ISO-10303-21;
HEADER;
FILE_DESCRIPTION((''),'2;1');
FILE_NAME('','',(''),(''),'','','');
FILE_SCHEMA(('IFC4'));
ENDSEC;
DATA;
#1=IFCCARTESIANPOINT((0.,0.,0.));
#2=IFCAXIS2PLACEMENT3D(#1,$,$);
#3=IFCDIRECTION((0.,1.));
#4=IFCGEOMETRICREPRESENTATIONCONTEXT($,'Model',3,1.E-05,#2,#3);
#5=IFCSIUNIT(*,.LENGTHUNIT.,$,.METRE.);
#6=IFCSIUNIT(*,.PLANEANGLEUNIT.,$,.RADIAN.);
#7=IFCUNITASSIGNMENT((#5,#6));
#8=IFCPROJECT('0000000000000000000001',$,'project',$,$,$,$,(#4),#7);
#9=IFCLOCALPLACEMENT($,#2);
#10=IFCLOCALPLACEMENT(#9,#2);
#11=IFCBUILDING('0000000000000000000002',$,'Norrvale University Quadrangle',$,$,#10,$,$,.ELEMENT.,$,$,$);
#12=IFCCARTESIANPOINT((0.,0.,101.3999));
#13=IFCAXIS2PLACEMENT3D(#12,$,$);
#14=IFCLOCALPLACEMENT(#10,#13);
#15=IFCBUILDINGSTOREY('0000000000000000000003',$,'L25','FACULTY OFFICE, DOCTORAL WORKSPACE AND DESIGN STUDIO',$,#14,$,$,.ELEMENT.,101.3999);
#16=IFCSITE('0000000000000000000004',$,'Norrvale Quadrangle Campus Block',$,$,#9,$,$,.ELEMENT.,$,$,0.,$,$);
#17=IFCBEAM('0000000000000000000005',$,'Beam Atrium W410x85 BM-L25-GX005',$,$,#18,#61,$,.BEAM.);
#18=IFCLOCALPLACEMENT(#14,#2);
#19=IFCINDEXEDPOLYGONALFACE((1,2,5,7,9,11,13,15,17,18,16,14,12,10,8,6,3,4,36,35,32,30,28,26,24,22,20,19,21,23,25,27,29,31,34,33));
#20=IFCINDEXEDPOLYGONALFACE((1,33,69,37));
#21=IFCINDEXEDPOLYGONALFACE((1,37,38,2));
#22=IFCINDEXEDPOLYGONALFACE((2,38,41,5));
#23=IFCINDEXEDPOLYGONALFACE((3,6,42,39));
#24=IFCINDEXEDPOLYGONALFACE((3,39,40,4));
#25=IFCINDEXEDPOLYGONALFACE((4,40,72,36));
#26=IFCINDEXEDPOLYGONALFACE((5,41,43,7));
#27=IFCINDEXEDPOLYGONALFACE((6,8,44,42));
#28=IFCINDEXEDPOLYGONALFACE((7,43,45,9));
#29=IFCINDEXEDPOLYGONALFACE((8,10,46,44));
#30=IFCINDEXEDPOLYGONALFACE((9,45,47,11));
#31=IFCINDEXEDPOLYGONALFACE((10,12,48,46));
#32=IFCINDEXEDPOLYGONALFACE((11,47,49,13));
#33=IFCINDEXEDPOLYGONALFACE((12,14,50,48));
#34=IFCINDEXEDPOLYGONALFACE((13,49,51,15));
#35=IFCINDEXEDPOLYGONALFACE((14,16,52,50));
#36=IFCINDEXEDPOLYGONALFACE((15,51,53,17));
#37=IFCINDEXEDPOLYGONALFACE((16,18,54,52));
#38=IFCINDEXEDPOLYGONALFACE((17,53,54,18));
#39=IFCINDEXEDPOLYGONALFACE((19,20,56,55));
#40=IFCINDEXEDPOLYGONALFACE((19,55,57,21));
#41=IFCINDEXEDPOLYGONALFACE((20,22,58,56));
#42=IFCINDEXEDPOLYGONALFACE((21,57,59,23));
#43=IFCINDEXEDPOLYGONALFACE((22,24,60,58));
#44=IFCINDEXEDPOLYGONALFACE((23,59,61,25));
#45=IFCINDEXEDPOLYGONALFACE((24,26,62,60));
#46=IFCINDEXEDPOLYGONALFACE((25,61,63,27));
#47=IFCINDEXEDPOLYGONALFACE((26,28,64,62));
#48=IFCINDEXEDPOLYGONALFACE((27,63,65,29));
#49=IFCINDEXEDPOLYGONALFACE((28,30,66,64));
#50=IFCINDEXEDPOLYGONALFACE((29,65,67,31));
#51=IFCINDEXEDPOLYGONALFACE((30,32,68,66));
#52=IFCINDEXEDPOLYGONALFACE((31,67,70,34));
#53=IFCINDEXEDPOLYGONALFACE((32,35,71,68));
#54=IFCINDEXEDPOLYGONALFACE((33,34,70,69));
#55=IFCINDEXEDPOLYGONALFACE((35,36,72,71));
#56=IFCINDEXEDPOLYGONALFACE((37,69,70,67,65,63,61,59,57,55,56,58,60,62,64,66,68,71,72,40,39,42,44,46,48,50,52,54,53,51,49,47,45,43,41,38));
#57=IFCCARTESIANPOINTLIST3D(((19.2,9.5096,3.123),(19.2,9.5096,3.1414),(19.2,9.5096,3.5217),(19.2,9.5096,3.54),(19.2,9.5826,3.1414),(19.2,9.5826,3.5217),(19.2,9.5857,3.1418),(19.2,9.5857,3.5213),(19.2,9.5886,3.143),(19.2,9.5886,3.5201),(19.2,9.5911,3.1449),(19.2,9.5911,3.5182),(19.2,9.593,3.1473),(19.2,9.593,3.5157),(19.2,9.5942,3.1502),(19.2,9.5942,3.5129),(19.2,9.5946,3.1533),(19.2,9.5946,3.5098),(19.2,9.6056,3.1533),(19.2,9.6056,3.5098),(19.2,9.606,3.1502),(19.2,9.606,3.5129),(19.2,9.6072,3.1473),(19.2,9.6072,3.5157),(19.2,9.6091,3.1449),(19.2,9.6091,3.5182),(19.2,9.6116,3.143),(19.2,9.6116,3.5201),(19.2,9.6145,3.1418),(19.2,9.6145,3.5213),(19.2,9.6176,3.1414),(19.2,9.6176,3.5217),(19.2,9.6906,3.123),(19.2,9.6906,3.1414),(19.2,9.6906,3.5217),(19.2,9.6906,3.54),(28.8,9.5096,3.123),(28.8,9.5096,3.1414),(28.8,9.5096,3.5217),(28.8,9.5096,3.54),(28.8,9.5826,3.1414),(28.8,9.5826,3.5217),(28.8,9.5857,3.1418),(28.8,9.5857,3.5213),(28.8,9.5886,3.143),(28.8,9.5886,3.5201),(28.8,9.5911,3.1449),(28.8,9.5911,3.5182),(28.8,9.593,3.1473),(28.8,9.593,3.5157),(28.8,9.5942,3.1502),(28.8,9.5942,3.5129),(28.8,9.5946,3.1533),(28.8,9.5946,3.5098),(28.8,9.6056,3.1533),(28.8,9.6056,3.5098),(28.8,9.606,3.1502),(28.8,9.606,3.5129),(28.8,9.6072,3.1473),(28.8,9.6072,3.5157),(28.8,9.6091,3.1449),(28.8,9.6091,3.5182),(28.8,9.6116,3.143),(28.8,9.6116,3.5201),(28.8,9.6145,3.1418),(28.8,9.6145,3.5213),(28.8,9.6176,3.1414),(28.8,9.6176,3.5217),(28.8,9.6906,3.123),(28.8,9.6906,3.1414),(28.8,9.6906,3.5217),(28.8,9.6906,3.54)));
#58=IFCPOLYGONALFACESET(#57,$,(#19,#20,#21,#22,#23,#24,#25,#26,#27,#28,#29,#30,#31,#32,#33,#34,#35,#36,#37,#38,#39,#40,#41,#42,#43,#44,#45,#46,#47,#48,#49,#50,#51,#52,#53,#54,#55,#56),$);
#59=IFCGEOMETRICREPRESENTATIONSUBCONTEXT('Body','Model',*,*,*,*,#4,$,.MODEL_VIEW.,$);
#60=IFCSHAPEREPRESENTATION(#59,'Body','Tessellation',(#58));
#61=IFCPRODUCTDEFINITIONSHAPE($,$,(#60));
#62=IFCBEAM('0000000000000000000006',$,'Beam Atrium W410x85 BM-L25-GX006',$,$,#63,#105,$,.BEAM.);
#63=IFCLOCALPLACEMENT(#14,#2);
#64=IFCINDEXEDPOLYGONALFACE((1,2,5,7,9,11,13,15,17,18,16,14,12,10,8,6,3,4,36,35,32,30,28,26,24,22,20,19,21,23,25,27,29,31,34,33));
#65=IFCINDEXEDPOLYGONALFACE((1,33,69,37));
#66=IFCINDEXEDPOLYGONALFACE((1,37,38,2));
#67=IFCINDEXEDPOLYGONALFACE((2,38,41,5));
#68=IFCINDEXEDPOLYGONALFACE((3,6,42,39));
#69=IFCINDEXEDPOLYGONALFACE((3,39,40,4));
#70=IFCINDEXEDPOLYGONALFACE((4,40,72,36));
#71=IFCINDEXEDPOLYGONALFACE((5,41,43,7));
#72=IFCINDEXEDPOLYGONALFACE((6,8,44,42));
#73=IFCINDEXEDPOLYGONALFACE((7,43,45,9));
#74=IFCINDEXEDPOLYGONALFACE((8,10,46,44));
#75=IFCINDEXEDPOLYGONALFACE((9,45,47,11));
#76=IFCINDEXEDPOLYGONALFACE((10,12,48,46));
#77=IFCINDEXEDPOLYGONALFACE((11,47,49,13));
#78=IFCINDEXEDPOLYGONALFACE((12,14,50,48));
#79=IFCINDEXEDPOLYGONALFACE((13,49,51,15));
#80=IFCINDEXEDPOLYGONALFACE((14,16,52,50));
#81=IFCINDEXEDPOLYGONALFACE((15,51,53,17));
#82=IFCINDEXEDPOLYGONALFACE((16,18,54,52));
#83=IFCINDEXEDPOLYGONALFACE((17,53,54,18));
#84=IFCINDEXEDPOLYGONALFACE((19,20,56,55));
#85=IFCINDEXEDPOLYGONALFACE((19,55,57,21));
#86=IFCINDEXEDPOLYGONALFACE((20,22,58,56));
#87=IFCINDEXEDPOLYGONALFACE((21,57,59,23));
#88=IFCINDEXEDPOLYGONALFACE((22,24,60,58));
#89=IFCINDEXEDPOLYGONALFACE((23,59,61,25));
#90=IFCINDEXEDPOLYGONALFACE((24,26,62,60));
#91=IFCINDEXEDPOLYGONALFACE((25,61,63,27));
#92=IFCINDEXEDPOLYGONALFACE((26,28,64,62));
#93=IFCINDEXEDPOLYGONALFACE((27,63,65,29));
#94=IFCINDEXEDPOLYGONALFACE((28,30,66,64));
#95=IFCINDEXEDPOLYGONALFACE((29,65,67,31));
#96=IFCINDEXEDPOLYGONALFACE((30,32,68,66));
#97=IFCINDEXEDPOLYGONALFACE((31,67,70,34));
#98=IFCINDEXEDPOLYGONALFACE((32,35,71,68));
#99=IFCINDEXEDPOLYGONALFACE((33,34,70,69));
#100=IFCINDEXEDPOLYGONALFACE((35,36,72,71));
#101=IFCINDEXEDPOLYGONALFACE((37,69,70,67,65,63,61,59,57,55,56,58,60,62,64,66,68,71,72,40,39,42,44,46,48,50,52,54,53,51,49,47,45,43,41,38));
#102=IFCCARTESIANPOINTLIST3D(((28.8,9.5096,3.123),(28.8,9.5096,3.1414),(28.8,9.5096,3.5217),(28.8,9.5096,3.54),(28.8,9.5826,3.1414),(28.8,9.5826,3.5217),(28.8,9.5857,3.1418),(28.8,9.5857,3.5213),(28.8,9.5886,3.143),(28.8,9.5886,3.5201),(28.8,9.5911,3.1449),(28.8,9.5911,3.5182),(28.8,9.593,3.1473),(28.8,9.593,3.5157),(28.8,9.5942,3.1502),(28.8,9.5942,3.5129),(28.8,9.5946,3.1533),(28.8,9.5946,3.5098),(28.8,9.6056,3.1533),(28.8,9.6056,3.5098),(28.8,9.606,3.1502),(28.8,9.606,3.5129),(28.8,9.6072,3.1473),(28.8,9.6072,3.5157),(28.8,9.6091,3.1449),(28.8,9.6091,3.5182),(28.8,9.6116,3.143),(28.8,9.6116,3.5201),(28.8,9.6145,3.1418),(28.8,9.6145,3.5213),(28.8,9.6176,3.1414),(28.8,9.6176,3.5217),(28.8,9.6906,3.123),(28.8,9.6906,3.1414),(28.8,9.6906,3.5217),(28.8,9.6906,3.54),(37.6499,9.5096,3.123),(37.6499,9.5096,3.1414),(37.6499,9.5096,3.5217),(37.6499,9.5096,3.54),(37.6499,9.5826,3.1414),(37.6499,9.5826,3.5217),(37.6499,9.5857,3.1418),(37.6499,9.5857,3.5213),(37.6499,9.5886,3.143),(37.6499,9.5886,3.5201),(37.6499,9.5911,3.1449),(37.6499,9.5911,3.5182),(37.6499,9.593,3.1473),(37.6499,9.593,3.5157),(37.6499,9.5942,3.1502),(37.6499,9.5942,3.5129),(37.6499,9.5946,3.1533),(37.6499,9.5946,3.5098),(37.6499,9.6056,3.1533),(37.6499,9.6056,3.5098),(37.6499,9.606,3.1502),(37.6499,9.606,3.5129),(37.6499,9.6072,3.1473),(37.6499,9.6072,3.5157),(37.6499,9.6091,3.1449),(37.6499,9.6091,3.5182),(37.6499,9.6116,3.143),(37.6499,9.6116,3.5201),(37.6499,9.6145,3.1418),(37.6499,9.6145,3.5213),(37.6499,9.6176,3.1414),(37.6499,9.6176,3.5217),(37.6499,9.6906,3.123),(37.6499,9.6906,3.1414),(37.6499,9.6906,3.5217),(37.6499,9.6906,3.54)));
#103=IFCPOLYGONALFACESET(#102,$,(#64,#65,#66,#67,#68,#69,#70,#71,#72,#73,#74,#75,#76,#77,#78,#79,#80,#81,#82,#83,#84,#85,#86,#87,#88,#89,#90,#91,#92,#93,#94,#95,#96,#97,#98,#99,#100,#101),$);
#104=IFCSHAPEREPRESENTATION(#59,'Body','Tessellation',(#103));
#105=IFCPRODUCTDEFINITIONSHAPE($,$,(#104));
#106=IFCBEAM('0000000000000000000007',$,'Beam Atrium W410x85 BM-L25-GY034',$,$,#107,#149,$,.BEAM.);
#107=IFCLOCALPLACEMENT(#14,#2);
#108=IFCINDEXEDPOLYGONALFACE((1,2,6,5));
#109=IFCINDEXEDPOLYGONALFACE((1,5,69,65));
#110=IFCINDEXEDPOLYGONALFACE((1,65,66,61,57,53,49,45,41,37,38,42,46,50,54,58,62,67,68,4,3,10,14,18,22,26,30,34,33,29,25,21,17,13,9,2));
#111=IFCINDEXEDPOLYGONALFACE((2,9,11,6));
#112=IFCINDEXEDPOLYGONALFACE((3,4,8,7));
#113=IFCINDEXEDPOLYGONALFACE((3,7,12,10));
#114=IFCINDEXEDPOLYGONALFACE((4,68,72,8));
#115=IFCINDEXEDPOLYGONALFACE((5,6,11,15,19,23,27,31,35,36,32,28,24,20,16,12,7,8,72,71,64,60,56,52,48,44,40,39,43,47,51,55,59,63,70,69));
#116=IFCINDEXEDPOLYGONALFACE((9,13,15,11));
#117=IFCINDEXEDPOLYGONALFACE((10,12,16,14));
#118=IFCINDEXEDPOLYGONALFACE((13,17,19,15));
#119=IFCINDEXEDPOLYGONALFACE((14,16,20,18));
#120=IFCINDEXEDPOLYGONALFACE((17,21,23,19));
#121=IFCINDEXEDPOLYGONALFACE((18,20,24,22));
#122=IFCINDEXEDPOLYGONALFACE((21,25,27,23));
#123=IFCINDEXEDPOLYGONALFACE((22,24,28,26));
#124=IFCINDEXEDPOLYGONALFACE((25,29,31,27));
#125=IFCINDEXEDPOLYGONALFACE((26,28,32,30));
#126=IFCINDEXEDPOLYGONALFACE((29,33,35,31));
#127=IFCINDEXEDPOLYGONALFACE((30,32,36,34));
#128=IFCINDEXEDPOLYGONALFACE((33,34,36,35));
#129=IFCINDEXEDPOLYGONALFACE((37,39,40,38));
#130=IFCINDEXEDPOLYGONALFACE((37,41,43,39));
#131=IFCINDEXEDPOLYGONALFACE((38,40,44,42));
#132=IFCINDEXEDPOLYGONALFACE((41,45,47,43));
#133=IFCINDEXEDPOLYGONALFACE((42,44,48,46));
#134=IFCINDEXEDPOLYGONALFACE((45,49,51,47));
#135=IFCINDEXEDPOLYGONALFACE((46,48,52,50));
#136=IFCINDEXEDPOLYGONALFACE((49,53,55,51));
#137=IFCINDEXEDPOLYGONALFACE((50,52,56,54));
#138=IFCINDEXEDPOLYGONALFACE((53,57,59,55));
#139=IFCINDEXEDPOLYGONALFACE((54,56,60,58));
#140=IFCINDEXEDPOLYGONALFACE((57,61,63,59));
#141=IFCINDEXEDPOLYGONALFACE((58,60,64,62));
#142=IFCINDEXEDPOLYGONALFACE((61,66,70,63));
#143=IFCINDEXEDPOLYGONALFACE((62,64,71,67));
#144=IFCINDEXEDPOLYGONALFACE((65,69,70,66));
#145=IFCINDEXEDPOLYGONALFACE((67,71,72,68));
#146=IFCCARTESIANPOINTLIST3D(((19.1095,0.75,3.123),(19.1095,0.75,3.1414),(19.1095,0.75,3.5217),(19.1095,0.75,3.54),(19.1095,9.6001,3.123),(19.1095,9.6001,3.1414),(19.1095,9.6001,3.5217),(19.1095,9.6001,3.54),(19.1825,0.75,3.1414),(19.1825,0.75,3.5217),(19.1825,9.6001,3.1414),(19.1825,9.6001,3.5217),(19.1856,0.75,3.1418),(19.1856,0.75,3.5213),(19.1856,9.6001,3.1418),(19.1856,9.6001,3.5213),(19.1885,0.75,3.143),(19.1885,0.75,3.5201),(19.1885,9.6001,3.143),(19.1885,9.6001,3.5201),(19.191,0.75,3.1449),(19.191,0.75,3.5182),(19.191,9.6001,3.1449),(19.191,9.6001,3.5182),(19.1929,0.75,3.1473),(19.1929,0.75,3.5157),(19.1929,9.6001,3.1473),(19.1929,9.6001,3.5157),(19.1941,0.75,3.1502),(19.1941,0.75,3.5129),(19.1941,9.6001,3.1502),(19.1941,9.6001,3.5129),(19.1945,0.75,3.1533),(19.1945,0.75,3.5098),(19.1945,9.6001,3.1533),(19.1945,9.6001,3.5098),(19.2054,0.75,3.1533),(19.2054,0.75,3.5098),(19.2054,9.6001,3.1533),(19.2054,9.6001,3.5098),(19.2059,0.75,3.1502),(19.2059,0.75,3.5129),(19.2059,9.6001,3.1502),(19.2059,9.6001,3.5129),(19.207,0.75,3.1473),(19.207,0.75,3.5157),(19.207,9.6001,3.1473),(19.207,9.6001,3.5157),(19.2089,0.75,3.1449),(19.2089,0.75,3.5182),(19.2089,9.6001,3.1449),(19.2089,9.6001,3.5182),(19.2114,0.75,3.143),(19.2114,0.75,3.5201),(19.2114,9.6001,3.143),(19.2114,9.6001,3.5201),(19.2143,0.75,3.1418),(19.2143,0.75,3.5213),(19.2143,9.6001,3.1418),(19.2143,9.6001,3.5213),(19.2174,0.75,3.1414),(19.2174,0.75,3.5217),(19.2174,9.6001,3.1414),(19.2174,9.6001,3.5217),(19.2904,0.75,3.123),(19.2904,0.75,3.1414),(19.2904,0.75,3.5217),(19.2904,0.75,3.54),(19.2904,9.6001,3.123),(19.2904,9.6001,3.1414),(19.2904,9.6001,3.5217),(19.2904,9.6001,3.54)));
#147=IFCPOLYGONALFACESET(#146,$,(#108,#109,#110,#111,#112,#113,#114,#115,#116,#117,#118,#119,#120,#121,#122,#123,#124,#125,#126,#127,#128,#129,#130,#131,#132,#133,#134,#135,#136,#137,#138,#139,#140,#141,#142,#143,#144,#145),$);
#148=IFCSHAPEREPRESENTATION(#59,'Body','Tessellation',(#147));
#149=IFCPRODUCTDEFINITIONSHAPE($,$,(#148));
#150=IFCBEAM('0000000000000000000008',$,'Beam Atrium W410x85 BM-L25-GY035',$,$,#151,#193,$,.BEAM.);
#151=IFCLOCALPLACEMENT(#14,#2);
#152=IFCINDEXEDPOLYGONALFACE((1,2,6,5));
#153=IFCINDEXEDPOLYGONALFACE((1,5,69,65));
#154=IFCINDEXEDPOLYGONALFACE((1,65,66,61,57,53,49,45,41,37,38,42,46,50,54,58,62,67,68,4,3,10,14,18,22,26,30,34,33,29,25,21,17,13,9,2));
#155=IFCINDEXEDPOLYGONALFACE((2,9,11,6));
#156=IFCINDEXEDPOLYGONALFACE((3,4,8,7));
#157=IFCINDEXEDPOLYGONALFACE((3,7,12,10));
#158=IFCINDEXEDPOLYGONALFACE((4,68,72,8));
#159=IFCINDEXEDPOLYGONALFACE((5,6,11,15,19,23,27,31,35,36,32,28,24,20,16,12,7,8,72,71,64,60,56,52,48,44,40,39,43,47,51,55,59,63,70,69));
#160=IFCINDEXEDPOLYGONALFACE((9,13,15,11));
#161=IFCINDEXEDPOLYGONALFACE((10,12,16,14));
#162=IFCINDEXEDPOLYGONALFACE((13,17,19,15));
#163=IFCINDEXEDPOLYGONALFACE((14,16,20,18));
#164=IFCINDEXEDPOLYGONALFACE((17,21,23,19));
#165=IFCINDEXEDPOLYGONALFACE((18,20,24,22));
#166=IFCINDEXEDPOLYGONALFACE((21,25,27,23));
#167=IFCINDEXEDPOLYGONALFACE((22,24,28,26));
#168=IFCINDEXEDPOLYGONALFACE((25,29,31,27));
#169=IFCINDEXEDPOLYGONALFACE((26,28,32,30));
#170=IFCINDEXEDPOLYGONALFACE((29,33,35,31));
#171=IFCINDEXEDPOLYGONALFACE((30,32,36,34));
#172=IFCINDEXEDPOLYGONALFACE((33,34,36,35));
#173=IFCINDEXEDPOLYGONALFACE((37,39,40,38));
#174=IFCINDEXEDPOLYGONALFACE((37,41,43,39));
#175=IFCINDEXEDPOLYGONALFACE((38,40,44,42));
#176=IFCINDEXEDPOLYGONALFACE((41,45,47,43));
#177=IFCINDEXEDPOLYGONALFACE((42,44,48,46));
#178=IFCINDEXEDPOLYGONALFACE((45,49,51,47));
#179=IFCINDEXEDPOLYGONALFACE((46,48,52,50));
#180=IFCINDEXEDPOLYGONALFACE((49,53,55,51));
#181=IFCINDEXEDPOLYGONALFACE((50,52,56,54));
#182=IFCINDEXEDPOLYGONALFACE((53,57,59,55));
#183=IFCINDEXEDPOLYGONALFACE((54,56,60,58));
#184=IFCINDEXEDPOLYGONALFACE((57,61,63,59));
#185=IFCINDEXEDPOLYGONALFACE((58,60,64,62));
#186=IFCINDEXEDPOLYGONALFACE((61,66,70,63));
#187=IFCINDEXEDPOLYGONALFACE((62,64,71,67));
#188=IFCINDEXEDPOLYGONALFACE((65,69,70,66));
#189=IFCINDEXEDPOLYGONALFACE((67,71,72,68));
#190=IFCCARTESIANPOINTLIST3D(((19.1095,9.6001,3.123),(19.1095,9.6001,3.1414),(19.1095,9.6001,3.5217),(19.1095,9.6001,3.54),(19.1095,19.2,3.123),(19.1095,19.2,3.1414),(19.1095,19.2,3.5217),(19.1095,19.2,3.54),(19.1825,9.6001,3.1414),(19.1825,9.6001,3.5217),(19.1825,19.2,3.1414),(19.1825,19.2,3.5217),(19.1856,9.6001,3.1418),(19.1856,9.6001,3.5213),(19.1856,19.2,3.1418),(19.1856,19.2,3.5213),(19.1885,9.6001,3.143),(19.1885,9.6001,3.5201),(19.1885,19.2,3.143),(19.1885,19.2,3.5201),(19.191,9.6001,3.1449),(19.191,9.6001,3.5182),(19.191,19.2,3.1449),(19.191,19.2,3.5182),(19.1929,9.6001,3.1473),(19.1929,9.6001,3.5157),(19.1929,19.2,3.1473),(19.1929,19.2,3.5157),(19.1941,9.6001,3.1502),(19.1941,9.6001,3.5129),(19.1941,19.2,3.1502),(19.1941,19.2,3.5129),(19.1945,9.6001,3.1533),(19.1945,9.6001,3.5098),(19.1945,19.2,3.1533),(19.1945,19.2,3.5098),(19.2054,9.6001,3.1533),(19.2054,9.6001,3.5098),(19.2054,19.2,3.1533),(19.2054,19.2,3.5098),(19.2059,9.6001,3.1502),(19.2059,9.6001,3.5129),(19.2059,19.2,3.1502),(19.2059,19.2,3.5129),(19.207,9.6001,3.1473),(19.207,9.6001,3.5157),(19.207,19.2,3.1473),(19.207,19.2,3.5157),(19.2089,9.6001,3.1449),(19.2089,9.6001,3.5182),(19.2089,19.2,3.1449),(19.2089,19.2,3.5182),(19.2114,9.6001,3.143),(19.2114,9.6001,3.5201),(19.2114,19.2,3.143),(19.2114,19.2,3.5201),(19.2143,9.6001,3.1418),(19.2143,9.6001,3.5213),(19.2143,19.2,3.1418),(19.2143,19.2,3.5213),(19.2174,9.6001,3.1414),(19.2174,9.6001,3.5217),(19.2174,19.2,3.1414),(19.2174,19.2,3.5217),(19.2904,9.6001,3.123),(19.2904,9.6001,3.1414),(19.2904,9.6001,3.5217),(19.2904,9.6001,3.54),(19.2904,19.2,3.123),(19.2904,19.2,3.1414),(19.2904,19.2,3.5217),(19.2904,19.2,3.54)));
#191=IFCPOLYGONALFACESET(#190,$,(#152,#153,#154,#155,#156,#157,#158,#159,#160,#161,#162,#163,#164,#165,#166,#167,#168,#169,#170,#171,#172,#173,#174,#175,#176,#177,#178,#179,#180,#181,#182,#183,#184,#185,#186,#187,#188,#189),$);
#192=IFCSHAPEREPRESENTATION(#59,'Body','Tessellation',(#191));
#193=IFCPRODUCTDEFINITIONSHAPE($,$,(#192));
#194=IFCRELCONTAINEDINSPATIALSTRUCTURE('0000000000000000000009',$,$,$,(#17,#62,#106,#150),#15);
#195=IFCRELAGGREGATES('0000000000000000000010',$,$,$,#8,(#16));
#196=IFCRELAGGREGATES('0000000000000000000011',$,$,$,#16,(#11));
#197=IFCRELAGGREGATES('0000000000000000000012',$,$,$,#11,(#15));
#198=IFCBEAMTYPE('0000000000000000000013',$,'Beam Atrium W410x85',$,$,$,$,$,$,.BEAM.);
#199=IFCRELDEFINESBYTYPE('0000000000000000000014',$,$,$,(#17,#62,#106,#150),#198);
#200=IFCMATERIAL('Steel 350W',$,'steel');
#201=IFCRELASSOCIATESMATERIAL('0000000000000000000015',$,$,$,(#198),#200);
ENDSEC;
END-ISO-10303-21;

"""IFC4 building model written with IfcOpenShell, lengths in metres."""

from ifc_helpers import new_model, si_unit, direction, frame, origin, origin_2d, place, context, subcontext, project, spatial, i_section, extrude, material, material_profile, profile_set, type_object, element, save


model = new_model("IFC4")

# Units and contexts
model_context = context("Model", 3, precision=1e-05, world=origin(), true_north=direction((0.0, 1.0)))
body_context = subcontext(model_context, "Body", "Model", "MODEL_VIEW")
ifc_project = project(units=[si_unit("LENGTHUNIT", "METRE"), si_unit("PLANEANGLEUNIT", "RADIAN")], contexts=[model_context])

# Site, building, storey
site_placement = place(None, origin())
site = spatial("IfcSite", under=ifc_project, at=site_placement, Name="Norrvale Quadrangle Campus Block", CompositionType="ELEMENT", RefElevation=0.0)
building_placement = place(site_placement, origin())
building = spatial("IfcBuilding", under=site, at=building_placement, Name="Norrvale University Quadrangle", CompositionType="ELEMENT")
storey_placement = place(building_placement, frame((0.0, 0.0, 101.3999)))
storey = spatial("IfcBuildingStorey", under=building, at=storey_placement, Name="L25", Description="FACULTY OFFICE, DOCTORAL WORKSPACE AND DESIGN STUDIO", CompositionType="ELEMENT", Elevation=101.3999)

# Beams
ifc_material_1 = material(Name="Steel 350W", Category="steel")
ifc_material_profile_1 = material_profile(ifc_material_1, i_section(OverallWidth=0.1809, OverallDepth=0.417, WebThickness=0.011, FlangeThickness=0.0183, FilletRadius=0.012, at=origin_2d()), Name="Steel 350W")
ifc_profile_set_1 = profile_set([ifc_material_profile_1], Name="Steel 350W")
beam_type_1 = type_object("IfcBeamType", Name="Beam Atrium W410x85", PredefinedType="BEAM", material=ifc_profile_set_1)
beam_1_placement = place(storey_placement, frame((19.2, 9.6001, 3.3315), z_axis=(1.0, 0.0, 0.0), x_axis=(0.0, 1.0, 0.0)))
element("IfcBeam", 1, at=beam_1_placement, inside=storey, type_object=beam_type_1, Name="Beam Atrium W410x85 BM-L25-GX005", PredefinedType="BEAM", context=body_context, shape_type="SweptSolid", body=[
    extrude(i_section(OverallWidth=0.1809, OverallDepth=0.417, WebThickness=0.011, FlangeThickness=0.0183, FilletRadius=0.012, at=origin_2d()), origin(), (0.0, 0.0, 1.0), 9.6001),
])
beam_2_placement = place(storey_placement, frame((28.8, 9.6001, 3.3315), z_axis=(1.0, 0.0, 0.0), x_axis=(0.0, 1.0, 0.0)))
element("IfcBeam", 2, at=beam_2_placement, inside=storey, type_object=beam_type_1, Name="Beam Atrium W410x85 BM-L25-GX006", PredefinedType="BEAM", context=body_context, shape_type="SweptSolid", body=[
    extrude(i_section(OverallWidth=0.1809, OverallDepth=0.417, WebThickness=0.011, FlangeThickness=0.0183, FilletRadius=0.012, at=origin_2d()), origin(), (0.0, 0.0, 1.0), 8.8499),
])
beam_3_placement = place(storey_placement, frame((19.2, 0.75, 3.3315), z_axis=(0.0, 1.0, 0.0), x_axis=(-1.0, 0.0, 0.0)))
element("IfcBeam", 3, at=beam_3_placement, inside=storey, type_object=beam_type_1, Name="Beam Atrium W410x85 BM-L25-GY034", PredefinedType="BEAM", context=body_context, shape_type="SweptSolid", body=[
    extrude(i_section(OverallWidth=0.1809, OverallDepth=0.417, WebThickness=0.011, FlangeThickness=0.0183, FilletRadius=0.012, at=origin_2d()), origin(), (0.0, 0.0, 1.0), 8.8501),
])
beam_4_placement = place(storey_placement, frame((19.2, 9.6001, 3.3315), z_axis=(0.0, 1.0, 0.0), x_axis=(-1.0, 0.0, 0.0)))
element("IfcBeam", 4, at=beam_4_placement, inside=storey, type_object=beam_type_1, Name="Beam Atrium W410x85 BM-L25-GY035", PredefinedType="BEAM", context=body_context, shape_type="SweptSolid", body=[
    extrude(i_section(OverallWidth=0.1809, OverallDepth=0.417, WebThickness=0.011, FlangeThickness=0.0183, FilletRadius=0.012, at=origin_2d()), origin(), (0.0, 0.0, 1.0), 9.5999),
])

save(model, "model.ifc")
